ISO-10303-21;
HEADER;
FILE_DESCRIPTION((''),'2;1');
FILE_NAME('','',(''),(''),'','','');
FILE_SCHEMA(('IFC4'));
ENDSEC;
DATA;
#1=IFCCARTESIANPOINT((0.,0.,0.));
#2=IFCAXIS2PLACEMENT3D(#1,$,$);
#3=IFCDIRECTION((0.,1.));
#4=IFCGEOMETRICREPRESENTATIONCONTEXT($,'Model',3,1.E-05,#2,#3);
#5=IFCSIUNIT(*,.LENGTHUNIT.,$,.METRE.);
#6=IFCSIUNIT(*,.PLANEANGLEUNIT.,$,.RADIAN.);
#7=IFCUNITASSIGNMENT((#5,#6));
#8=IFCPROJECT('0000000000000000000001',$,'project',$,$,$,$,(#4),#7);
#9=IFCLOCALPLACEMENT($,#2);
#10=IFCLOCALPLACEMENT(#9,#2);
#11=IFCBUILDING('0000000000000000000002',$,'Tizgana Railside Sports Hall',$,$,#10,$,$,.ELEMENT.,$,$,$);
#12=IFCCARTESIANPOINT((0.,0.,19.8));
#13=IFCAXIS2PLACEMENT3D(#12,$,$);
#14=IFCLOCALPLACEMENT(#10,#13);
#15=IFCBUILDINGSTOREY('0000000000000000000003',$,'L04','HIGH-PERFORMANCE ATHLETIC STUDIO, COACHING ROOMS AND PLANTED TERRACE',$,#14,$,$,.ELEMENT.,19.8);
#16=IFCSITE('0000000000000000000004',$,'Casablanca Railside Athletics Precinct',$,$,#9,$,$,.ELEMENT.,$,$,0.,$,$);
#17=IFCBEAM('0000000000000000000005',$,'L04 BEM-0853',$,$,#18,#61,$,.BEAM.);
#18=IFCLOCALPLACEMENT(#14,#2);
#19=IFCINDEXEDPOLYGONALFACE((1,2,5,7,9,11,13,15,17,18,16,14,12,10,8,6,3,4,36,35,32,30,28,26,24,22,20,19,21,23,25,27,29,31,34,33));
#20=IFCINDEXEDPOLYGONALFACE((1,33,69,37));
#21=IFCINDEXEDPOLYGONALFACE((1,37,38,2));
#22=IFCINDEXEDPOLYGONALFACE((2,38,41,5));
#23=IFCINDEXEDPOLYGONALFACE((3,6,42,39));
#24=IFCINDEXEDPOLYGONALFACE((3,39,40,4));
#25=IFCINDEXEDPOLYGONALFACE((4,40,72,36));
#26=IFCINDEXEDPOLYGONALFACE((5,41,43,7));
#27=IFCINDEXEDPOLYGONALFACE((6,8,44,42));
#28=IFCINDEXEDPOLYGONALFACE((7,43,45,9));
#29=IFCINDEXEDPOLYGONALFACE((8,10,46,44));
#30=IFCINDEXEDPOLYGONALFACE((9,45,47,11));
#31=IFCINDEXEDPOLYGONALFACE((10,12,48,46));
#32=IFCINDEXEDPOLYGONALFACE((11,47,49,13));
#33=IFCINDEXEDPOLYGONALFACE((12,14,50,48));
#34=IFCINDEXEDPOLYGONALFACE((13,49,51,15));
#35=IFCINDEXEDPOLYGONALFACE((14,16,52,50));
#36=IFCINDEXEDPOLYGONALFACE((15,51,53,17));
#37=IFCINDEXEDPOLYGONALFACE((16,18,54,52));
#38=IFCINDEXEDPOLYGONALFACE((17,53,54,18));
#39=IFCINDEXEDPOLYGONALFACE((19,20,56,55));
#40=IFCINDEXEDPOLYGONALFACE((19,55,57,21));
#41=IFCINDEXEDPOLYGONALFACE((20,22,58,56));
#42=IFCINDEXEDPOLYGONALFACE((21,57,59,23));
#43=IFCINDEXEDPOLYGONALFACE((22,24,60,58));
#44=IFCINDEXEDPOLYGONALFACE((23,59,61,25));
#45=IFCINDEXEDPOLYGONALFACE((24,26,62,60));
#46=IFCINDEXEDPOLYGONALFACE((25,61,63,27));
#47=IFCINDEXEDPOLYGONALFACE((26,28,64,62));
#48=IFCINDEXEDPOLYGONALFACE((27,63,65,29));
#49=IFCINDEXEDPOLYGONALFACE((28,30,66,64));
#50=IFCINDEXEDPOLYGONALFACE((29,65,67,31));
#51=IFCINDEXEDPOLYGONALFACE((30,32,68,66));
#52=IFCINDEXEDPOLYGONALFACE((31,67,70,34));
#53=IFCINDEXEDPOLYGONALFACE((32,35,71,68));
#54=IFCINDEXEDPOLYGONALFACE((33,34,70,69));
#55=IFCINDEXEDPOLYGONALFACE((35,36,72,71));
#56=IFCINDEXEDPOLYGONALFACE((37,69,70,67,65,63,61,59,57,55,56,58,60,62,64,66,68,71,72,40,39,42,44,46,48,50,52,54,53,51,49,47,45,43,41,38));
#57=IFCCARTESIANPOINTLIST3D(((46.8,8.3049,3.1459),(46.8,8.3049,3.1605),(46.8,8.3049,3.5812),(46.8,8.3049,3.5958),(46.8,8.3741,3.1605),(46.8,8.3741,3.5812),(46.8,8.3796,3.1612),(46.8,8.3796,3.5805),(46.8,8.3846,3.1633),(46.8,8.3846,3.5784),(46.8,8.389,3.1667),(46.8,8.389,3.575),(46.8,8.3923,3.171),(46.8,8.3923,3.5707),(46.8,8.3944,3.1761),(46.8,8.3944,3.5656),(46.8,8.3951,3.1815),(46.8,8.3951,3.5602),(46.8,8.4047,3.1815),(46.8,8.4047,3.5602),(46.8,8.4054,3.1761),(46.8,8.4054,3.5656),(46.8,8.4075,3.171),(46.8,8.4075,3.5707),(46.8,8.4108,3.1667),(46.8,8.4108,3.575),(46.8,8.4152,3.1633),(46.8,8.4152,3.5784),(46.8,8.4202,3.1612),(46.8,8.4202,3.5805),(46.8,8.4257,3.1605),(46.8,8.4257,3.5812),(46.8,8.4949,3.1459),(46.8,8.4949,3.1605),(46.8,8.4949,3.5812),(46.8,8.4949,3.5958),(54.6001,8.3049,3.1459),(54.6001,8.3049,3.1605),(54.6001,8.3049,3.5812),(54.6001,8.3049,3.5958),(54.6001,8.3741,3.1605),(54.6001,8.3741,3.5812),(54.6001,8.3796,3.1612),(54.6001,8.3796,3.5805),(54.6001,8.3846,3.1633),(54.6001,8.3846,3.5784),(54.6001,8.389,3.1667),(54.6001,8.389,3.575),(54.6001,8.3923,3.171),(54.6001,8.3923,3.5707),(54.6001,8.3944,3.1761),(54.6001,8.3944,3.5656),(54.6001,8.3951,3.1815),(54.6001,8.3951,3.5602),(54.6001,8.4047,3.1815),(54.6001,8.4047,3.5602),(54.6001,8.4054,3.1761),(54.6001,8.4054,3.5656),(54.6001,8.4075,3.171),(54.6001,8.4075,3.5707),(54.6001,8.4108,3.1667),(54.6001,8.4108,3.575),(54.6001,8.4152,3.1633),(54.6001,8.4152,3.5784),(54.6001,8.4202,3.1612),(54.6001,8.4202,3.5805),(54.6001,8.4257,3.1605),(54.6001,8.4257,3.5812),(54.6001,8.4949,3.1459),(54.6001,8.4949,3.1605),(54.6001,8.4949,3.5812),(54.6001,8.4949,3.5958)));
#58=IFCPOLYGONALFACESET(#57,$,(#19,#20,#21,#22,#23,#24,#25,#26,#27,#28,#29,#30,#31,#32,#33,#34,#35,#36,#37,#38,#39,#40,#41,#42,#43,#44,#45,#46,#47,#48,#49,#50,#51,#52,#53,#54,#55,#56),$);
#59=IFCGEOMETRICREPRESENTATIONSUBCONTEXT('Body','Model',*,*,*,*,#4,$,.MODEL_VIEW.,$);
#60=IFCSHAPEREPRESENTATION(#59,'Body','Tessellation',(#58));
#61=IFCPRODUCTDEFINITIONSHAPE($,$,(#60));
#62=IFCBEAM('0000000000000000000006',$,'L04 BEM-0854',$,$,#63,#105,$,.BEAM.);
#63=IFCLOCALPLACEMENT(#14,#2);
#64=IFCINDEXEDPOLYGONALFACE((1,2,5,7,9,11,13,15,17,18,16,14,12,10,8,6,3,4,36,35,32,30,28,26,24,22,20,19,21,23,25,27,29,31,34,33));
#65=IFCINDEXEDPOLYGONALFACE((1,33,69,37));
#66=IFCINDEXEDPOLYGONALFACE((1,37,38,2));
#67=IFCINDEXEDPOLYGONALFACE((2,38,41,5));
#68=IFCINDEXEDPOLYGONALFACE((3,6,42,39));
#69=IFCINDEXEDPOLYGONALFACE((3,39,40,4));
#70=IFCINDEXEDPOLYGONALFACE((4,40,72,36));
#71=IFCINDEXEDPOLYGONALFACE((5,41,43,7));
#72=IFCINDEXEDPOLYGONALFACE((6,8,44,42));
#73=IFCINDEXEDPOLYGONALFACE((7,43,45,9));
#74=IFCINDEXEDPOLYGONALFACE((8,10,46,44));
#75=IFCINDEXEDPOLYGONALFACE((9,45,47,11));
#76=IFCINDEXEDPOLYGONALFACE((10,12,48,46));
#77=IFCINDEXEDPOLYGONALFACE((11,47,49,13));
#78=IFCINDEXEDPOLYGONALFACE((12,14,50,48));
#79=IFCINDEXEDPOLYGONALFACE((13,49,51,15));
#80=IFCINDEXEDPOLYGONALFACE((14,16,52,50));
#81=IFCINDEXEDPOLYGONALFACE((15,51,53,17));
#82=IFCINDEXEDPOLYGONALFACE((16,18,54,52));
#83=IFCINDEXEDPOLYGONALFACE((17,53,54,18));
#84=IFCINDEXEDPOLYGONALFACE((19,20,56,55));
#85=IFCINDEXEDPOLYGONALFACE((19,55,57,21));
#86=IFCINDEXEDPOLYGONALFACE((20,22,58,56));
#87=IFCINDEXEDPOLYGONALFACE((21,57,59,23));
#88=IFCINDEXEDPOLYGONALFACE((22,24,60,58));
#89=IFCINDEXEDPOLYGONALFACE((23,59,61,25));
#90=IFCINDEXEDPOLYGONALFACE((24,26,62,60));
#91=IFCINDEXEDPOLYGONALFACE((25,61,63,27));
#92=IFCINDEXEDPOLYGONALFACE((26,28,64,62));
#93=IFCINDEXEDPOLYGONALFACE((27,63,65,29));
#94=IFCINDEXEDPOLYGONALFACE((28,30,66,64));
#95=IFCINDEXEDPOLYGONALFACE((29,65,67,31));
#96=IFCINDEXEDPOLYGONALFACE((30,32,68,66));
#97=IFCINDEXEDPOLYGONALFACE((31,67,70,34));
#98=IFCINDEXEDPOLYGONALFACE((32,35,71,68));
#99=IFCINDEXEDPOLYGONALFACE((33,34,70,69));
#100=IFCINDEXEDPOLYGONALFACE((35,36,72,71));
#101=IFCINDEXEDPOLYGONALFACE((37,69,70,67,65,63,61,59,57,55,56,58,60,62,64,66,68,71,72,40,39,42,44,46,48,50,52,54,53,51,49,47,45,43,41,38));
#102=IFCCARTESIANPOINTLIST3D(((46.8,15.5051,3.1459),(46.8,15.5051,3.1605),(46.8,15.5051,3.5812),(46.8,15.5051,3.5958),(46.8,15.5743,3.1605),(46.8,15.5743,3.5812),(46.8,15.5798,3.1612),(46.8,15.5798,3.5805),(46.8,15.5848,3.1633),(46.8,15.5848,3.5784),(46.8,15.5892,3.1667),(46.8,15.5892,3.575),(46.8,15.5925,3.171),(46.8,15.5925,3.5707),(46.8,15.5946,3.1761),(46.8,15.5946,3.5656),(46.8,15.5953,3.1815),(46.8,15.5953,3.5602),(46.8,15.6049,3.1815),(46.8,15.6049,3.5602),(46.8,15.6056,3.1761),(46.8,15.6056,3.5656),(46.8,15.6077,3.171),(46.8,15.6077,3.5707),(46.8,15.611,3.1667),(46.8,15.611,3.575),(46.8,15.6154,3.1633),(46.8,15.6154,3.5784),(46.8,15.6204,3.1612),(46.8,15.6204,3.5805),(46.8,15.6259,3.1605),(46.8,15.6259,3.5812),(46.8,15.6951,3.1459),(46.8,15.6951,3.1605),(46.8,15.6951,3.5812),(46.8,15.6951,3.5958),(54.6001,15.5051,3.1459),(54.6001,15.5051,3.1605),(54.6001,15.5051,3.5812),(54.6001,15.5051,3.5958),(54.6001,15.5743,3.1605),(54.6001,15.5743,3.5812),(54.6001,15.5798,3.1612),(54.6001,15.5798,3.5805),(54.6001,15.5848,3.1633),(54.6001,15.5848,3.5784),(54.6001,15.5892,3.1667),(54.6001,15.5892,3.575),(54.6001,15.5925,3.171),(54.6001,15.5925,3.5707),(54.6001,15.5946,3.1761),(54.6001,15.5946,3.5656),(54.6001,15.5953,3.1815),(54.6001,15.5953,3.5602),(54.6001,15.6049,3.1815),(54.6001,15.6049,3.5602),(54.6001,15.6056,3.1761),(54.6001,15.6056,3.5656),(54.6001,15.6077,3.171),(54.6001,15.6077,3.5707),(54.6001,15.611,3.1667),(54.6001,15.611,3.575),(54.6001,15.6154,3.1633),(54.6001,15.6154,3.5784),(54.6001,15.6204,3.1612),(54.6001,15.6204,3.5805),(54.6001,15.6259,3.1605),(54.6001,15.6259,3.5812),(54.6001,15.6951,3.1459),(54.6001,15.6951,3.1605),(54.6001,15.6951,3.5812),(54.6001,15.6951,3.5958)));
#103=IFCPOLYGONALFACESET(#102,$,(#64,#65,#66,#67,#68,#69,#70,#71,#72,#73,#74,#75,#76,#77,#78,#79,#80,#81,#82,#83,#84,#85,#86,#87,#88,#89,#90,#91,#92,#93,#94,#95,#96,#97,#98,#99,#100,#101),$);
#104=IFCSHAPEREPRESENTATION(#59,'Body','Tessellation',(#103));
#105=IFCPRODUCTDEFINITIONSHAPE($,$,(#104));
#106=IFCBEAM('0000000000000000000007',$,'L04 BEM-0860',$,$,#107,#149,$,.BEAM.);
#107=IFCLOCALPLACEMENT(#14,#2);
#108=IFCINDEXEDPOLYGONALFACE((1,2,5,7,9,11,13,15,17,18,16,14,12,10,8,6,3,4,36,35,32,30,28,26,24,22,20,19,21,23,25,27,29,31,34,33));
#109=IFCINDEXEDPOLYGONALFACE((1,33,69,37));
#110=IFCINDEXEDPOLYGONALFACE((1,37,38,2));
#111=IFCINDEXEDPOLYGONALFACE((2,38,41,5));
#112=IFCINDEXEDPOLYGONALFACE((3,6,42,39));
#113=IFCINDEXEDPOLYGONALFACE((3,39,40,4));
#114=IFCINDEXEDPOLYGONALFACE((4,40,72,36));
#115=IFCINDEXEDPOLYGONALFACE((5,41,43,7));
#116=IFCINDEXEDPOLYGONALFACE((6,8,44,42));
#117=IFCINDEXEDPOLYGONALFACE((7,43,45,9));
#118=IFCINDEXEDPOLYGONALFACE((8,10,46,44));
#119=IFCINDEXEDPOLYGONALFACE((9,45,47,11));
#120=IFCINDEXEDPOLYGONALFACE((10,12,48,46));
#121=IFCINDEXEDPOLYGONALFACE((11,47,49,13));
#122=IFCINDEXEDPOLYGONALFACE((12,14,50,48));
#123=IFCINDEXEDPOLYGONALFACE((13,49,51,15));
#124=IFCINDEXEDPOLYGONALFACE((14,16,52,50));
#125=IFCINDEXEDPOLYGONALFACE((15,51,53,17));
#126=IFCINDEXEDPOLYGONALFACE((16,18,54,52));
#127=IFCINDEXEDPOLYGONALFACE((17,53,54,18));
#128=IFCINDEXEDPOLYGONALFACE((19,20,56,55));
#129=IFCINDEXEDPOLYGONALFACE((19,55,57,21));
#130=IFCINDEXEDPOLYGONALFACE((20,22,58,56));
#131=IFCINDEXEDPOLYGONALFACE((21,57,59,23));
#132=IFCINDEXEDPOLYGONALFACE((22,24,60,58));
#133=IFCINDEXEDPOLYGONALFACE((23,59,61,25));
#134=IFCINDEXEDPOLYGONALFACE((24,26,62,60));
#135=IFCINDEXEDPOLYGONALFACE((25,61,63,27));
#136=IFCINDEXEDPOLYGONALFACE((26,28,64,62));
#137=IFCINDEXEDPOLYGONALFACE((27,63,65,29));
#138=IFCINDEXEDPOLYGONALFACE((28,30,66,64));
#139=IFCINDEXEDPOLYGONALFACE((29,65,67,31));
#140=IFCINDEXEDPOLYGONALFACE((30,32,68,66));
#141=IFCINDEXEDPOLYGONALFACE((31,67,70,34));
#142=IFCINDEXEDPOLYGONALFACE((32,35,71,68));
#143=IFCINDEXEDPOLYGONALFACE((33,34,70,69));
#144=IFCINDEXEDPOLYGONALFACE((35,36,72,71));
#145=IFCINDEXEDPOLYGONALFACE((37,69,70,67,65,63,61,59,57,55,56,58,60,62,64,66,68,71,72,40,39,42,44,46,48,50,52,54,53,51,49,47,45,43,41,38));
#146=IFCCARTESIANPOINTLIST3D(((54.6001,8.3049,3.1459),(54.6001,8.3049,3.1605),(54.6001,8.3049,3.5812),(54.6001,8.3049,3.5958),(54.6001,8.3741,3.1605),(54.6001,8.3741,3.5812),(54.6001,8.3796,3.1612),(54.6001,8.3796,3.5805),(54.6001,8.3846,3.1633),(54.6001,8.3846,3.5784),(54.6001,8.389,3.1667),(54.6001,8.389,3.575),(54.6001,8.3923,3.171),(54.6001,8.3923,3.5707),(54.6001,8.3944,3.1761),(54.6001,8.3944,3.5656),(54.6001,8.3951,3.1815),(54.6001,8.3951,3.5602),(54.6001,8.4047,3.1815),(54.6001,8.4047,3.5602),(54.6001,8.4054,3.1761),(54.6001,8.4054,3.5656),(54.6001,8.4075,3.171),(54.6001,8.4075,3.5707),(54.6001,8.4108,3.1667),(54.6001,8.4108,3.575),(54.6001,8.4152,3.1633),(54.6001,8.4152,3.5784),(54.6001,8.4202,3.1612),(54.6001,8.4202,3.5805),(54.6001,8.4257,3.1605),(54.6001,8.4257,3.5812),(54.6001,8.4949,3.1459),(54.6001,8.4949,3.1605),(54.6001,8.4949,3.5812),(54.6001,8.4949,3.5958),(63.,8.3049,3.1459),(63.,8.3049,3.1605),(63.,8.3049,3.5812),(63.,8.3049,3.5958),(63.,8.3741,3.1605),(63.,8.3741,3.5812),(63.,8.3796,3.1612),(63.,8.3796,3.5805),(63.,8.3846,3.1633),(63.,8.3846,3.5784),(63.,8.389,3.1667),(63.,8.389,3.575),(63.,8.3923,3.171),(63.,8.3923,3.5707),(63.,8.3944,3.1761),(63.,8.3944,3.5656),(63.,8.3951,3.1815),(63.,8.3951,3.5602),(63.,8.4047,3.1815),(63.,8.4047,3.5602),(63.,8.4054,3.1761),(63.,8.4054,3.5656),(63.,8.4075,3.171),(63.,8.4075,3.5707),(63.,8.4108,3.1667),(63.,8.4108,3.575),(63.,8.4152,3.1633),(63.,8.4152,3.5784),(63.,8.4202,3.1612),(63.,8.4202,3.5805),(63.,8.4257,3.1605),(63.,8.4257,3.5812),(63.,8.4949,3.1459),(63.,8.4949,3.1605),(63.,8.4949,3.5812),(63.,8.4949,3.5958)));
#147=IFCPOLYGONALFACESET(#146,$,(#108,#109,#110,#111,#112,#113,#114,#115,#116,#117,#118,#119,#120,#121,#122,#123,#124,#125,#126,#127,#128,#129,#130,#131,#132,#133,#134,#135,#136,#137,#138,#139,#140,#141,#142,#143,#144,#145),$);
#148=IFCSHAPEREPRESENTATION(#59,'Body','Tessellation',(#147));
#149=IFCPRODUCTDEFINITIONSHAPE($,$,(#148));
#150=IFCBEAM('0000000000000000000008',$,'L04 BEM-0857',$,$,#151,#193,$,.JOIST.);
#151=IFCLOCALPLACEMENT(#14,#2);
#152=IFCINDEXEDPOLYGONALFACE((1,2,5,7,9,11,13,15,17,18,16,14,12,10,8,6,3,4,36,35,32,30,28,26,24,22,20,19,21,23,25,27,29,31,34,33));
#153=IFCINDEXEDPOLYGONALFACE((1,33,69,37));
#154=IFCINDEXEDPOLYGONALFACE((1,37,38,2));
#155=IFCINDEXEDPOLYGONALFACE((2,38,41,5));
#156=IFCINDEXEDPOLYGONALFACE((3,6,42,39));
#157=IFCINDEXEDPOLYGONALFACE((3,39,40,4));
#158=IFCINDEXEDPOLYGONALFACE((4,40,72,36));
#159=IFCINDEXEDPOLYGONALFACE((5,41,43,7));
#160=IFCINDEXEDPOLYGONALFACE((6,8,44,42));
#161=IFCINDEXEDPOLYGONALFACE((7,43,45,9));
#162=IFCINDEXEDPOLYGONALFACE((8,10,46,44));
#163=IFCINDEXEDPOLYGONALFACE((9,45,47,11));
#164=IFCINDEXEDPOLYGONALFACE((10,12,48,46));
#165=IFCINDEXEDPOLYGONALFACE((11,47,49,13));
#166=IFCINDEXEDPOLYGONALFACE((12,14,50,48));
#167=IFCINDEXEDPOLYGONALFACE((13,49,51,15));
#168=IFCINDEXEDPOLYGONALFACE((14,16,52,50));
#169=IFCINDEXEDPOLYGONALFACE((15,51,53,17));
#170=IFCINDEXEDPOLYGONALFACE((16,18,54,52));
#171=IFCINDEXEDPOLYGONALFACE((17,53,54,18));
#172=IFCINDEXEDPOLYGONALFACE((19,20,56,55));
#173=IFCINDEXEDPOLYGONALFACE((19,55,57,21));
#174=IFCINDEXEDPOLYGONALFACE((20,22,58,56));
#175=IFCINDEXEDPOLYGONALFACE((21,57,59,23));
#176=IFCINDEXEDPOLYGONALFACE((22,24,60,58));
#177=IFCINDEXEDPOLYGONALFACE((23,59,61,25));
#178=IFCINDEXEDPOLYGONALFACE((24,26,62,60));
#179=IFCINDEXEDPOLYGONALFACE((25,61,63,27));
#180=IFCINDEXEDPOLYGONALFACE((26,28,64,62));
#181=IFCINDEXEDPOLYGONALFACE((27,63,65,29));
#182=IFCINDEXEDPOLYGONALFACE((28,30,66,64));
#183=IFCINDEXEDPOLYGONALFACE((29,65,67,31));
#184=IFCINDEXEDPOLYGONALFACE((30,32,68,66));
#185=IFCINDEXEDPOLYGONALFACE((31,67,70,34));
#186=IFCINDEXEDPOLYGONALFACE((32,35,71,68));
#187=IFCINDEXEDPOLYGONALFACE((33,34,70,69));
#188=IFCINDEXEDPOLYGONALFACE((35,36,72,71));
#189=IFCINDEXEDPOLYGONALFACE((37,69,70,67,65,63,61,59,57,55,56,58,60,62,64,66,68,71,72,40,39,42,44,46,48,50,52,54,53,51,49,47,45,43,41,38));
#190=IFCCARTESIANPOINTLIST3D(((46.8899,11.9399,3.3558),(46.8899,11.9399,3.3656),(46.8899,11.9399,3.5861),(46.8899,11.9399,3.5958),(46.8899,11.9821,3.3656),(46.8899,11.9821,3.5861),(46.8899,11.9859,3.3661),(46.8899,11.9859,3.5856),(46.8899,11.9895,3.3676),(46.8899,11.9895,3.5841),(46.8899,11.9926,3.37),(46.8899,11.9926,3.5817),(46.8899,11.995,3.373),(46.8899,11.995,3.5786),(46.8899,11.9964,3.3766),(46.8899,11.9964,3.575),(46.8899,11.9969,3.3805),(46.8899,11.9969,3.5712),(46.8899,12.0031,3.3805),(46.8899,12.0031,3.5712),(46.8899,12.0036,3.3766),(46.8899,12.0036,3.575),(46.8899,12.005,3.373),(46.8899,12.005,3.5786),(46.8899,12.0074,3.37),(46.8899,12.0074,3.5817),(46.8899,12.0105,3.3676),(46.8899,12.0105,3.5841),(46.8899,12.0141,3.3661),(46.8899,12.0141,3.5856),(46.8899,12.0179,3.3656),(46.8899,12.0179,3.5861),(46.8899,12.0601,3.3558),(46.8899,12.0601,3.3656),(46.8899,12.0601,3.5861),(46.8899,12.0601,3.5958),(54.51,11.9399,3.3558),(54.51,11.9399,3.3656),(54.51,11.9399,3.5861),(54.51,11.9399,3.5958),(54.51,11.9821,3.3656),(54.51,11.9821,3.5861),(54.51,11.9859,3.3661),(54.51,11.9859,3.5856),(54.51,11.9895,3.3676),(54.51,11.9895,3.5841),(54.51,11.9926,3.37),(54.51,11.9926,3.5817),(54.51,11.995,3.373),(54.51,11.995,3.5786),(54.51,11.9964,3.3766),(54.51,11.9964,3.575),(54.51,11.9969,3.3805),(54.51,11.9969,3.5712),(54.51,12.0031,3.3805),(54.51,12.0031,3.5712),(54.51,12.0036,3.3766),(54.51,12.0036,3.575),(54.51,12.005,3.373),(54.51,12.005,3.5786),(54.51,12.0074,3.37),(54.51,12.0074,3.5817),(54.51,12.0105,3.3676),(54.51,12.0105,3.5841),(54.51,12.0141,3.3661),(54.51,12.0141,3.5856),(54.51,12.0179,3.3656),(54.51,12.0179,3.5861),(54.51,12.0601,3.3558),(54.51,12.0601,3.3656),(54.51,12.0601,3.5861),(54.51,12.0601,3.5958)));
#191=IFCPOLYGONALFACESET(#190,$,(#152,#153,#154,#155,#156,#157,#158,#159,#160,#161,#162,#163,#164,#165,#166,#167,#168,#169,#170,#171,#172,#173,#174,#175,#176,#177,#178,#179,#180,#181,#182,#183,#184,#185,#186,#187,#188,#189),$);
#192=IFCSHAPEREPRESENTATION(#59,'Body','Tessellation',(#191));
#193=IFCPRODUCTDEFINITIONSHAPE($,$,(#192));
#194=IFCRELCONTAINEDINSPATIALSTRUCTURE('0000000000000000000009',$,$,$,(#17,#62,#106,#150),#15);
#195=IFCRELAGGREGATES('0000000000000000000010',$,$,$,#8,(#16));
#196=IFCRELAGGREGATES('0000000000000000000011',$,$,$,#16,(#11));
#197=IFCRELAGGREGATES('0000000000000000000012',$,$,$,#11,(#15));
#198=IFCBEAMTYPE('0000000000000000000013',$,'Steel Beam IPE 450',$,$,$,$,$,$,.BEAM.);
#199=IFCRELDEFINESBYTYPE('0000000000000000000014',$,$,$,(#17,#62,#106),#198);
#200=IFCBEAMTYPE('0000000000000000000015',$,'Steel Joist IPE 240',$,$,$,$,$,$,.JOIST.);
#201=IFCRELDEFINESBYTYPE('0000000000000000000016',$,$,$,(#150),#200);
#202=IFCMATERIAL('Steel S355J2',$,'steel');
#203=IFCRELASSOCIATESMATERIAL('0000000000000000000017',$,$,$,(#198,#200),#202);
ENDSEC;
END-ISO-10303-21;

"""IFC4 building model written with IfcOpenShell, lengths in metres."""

from ifc_helpers import new_model, si_unit, direction, frame, origin, origin_2d, place, context, subcontext, project, spatial, i_section, extrude, material, material_profile, profile_set, type_object, element, save


model = new_model("IFC4")

# Units and contexts
model_context = context("Model", 3, precision=1e-05, world=origin(), true_north=direction((0.0, 1.0)))
body_context = subcontext(model_context, "Body", "Model", "MODEL_VIEW")
ifc_project = project(units=[si_unit("LENGTHUNIT", "METRE"), si_unit("PLANEANGLEUNIT", "RADIAN")], contexts=[model_context])

# Site, building, storey
site_placement = place(None, origin())
site = spatial("IfcSite", under=ifc_project, at=site_placement, Name="Casablanca Railside Athletics Precinct", CompositionType="ELEMENT", RefElevation=0.0)
building_placement = place(site_placement, origin())
building = spatial("IfcBuilding", under=site, at=building_placement, Name="Tizgana Railside Sports Hall", CompositionType="ELEMENT")
storey_placement = place(building_placement, frame((0.0, 0.0, 19.8)))
storey = spatial("IfcBuildingStorey", under=building, at=storey_placement, Name="L04", Description="HIGH-PERFORMANCE ATHLETIC STUDIO, COACHING ROOMS AND PLANTED TERRACE", CompositionType="ELEMENT", Elevation=19.8)

# Beams
ifc_material_1 = material(Name="Steel S355J2", Category="steel")
ifc_material_profile_1 = material_profile(ifc_material_1, i_section(OverallWidth=0.1899, OverallDepth=0.45, WebThickness=0.0095, FlangeThickness=0.0146, FilletRadius=0.021, at=origin_2d()), Name="IPE 450")
ifc_profile_set_1 = profile_set([ifc_material_profile_1], Name="Steel S355J2")
beam_type_1 = type_object("IfcBeamType", Name="Steel Beam IPE 450", PredefinedType="BEAM", material=ifc_profile_set_1)
for number, where, z_axis, x_axis, name in (
    (1, (46.8, 8.3999, 3.3708), (1.0, 0.0, 0.0), (0.0, 1.0, 0.0), "L04 BEM-0853"),
    (2, (46.8, 15.6001, 3.3708), (1.0, 0.0, 0.0), (0.0, 1.0, 0.0), "L04 BEM-0854"),
):
    element("IfcBeam", number, at=place(storey_placement, frame(where, z_axis=z_axis, x_axis=x_axis)), inside=storey, type_object=beam_type_1, Name=name, PredefinedType="BEAM", context=body_context, shape_type="SweptSolid", body=[
        extrude(i_section(OverallWidth=0.1899, OverallDepth=0.45, WebThickness=0.0095, FlangeThickness=0.0146, FilletRadius=0.021, at=origin_2d()), origin(), (0.0, 0.0, 1.0), 7.8),
    ])
beam_1_placement = place(storey_placement, frame((54.6001, 8.3999, 3.3708), z_axis=(1.0, 0.0, 0.0), x_axis=(0.0, 1.0, 0.0)))
element("IfcBeam", 3, at=beam_1_placement, inside=storey, type_object=beam_type_1, Name="L04 BEM-0860", PredefinedType="BEAM", context=body_context, shape_type="SweptSolid", body=[
    extrude(i_section(OverallWidth=0.1899, OverallDepth=0.45, WebThickness=0.0095, FlangeThickness=0.0146, FilletRadius=0.021, at=origin_2d()), origin(), (0.0, 0.0, 1.0), 8.3999),
])
ifc_material_profile_2 = material_profile(ifc_material_1, i_section(OverallWidth=0.1201, OverallDepth=0.24, WebThickness=0.0061, FlangeThickness=0.0098, FilletRadius=0.0149, at=origin_2d()), Name="IPE 240")
ifc_profile_set_2 = profile_set([ifc_material_profile_2], Name="Steel S355J2")
beam_type_2 = type_object("IfcBeamType", Name="Steel Joist IPE 240", PredefinedType="JOIST", material=ifc_profile_set_2)
beam_2_placement = place(storey_placement, frame((46.8899, 12.0, 3.4758), z_axis=(1.0, 0.0, 0.0), x_axis=(0.0, 1.0, 0.0)))
element("IfcBeam", 4, at=beam_2_placement, inside=storey, type_object=beam_type_2, Name="L04 BEM-0857", PredefinedType="JOIST", context=body_context, shape_type="SweptSolid", body=[
    extrude(i_section(OverallWidth=0.1201, OverallDepth=0.24, WebThickness=0.0061, FlangeThickness=0.0098, FilletRadius=0.0149, at=origin_2d()), origin(), (0.0, 0.0, 1.0), 7.6201),
])

save(model, "model.ifc")
